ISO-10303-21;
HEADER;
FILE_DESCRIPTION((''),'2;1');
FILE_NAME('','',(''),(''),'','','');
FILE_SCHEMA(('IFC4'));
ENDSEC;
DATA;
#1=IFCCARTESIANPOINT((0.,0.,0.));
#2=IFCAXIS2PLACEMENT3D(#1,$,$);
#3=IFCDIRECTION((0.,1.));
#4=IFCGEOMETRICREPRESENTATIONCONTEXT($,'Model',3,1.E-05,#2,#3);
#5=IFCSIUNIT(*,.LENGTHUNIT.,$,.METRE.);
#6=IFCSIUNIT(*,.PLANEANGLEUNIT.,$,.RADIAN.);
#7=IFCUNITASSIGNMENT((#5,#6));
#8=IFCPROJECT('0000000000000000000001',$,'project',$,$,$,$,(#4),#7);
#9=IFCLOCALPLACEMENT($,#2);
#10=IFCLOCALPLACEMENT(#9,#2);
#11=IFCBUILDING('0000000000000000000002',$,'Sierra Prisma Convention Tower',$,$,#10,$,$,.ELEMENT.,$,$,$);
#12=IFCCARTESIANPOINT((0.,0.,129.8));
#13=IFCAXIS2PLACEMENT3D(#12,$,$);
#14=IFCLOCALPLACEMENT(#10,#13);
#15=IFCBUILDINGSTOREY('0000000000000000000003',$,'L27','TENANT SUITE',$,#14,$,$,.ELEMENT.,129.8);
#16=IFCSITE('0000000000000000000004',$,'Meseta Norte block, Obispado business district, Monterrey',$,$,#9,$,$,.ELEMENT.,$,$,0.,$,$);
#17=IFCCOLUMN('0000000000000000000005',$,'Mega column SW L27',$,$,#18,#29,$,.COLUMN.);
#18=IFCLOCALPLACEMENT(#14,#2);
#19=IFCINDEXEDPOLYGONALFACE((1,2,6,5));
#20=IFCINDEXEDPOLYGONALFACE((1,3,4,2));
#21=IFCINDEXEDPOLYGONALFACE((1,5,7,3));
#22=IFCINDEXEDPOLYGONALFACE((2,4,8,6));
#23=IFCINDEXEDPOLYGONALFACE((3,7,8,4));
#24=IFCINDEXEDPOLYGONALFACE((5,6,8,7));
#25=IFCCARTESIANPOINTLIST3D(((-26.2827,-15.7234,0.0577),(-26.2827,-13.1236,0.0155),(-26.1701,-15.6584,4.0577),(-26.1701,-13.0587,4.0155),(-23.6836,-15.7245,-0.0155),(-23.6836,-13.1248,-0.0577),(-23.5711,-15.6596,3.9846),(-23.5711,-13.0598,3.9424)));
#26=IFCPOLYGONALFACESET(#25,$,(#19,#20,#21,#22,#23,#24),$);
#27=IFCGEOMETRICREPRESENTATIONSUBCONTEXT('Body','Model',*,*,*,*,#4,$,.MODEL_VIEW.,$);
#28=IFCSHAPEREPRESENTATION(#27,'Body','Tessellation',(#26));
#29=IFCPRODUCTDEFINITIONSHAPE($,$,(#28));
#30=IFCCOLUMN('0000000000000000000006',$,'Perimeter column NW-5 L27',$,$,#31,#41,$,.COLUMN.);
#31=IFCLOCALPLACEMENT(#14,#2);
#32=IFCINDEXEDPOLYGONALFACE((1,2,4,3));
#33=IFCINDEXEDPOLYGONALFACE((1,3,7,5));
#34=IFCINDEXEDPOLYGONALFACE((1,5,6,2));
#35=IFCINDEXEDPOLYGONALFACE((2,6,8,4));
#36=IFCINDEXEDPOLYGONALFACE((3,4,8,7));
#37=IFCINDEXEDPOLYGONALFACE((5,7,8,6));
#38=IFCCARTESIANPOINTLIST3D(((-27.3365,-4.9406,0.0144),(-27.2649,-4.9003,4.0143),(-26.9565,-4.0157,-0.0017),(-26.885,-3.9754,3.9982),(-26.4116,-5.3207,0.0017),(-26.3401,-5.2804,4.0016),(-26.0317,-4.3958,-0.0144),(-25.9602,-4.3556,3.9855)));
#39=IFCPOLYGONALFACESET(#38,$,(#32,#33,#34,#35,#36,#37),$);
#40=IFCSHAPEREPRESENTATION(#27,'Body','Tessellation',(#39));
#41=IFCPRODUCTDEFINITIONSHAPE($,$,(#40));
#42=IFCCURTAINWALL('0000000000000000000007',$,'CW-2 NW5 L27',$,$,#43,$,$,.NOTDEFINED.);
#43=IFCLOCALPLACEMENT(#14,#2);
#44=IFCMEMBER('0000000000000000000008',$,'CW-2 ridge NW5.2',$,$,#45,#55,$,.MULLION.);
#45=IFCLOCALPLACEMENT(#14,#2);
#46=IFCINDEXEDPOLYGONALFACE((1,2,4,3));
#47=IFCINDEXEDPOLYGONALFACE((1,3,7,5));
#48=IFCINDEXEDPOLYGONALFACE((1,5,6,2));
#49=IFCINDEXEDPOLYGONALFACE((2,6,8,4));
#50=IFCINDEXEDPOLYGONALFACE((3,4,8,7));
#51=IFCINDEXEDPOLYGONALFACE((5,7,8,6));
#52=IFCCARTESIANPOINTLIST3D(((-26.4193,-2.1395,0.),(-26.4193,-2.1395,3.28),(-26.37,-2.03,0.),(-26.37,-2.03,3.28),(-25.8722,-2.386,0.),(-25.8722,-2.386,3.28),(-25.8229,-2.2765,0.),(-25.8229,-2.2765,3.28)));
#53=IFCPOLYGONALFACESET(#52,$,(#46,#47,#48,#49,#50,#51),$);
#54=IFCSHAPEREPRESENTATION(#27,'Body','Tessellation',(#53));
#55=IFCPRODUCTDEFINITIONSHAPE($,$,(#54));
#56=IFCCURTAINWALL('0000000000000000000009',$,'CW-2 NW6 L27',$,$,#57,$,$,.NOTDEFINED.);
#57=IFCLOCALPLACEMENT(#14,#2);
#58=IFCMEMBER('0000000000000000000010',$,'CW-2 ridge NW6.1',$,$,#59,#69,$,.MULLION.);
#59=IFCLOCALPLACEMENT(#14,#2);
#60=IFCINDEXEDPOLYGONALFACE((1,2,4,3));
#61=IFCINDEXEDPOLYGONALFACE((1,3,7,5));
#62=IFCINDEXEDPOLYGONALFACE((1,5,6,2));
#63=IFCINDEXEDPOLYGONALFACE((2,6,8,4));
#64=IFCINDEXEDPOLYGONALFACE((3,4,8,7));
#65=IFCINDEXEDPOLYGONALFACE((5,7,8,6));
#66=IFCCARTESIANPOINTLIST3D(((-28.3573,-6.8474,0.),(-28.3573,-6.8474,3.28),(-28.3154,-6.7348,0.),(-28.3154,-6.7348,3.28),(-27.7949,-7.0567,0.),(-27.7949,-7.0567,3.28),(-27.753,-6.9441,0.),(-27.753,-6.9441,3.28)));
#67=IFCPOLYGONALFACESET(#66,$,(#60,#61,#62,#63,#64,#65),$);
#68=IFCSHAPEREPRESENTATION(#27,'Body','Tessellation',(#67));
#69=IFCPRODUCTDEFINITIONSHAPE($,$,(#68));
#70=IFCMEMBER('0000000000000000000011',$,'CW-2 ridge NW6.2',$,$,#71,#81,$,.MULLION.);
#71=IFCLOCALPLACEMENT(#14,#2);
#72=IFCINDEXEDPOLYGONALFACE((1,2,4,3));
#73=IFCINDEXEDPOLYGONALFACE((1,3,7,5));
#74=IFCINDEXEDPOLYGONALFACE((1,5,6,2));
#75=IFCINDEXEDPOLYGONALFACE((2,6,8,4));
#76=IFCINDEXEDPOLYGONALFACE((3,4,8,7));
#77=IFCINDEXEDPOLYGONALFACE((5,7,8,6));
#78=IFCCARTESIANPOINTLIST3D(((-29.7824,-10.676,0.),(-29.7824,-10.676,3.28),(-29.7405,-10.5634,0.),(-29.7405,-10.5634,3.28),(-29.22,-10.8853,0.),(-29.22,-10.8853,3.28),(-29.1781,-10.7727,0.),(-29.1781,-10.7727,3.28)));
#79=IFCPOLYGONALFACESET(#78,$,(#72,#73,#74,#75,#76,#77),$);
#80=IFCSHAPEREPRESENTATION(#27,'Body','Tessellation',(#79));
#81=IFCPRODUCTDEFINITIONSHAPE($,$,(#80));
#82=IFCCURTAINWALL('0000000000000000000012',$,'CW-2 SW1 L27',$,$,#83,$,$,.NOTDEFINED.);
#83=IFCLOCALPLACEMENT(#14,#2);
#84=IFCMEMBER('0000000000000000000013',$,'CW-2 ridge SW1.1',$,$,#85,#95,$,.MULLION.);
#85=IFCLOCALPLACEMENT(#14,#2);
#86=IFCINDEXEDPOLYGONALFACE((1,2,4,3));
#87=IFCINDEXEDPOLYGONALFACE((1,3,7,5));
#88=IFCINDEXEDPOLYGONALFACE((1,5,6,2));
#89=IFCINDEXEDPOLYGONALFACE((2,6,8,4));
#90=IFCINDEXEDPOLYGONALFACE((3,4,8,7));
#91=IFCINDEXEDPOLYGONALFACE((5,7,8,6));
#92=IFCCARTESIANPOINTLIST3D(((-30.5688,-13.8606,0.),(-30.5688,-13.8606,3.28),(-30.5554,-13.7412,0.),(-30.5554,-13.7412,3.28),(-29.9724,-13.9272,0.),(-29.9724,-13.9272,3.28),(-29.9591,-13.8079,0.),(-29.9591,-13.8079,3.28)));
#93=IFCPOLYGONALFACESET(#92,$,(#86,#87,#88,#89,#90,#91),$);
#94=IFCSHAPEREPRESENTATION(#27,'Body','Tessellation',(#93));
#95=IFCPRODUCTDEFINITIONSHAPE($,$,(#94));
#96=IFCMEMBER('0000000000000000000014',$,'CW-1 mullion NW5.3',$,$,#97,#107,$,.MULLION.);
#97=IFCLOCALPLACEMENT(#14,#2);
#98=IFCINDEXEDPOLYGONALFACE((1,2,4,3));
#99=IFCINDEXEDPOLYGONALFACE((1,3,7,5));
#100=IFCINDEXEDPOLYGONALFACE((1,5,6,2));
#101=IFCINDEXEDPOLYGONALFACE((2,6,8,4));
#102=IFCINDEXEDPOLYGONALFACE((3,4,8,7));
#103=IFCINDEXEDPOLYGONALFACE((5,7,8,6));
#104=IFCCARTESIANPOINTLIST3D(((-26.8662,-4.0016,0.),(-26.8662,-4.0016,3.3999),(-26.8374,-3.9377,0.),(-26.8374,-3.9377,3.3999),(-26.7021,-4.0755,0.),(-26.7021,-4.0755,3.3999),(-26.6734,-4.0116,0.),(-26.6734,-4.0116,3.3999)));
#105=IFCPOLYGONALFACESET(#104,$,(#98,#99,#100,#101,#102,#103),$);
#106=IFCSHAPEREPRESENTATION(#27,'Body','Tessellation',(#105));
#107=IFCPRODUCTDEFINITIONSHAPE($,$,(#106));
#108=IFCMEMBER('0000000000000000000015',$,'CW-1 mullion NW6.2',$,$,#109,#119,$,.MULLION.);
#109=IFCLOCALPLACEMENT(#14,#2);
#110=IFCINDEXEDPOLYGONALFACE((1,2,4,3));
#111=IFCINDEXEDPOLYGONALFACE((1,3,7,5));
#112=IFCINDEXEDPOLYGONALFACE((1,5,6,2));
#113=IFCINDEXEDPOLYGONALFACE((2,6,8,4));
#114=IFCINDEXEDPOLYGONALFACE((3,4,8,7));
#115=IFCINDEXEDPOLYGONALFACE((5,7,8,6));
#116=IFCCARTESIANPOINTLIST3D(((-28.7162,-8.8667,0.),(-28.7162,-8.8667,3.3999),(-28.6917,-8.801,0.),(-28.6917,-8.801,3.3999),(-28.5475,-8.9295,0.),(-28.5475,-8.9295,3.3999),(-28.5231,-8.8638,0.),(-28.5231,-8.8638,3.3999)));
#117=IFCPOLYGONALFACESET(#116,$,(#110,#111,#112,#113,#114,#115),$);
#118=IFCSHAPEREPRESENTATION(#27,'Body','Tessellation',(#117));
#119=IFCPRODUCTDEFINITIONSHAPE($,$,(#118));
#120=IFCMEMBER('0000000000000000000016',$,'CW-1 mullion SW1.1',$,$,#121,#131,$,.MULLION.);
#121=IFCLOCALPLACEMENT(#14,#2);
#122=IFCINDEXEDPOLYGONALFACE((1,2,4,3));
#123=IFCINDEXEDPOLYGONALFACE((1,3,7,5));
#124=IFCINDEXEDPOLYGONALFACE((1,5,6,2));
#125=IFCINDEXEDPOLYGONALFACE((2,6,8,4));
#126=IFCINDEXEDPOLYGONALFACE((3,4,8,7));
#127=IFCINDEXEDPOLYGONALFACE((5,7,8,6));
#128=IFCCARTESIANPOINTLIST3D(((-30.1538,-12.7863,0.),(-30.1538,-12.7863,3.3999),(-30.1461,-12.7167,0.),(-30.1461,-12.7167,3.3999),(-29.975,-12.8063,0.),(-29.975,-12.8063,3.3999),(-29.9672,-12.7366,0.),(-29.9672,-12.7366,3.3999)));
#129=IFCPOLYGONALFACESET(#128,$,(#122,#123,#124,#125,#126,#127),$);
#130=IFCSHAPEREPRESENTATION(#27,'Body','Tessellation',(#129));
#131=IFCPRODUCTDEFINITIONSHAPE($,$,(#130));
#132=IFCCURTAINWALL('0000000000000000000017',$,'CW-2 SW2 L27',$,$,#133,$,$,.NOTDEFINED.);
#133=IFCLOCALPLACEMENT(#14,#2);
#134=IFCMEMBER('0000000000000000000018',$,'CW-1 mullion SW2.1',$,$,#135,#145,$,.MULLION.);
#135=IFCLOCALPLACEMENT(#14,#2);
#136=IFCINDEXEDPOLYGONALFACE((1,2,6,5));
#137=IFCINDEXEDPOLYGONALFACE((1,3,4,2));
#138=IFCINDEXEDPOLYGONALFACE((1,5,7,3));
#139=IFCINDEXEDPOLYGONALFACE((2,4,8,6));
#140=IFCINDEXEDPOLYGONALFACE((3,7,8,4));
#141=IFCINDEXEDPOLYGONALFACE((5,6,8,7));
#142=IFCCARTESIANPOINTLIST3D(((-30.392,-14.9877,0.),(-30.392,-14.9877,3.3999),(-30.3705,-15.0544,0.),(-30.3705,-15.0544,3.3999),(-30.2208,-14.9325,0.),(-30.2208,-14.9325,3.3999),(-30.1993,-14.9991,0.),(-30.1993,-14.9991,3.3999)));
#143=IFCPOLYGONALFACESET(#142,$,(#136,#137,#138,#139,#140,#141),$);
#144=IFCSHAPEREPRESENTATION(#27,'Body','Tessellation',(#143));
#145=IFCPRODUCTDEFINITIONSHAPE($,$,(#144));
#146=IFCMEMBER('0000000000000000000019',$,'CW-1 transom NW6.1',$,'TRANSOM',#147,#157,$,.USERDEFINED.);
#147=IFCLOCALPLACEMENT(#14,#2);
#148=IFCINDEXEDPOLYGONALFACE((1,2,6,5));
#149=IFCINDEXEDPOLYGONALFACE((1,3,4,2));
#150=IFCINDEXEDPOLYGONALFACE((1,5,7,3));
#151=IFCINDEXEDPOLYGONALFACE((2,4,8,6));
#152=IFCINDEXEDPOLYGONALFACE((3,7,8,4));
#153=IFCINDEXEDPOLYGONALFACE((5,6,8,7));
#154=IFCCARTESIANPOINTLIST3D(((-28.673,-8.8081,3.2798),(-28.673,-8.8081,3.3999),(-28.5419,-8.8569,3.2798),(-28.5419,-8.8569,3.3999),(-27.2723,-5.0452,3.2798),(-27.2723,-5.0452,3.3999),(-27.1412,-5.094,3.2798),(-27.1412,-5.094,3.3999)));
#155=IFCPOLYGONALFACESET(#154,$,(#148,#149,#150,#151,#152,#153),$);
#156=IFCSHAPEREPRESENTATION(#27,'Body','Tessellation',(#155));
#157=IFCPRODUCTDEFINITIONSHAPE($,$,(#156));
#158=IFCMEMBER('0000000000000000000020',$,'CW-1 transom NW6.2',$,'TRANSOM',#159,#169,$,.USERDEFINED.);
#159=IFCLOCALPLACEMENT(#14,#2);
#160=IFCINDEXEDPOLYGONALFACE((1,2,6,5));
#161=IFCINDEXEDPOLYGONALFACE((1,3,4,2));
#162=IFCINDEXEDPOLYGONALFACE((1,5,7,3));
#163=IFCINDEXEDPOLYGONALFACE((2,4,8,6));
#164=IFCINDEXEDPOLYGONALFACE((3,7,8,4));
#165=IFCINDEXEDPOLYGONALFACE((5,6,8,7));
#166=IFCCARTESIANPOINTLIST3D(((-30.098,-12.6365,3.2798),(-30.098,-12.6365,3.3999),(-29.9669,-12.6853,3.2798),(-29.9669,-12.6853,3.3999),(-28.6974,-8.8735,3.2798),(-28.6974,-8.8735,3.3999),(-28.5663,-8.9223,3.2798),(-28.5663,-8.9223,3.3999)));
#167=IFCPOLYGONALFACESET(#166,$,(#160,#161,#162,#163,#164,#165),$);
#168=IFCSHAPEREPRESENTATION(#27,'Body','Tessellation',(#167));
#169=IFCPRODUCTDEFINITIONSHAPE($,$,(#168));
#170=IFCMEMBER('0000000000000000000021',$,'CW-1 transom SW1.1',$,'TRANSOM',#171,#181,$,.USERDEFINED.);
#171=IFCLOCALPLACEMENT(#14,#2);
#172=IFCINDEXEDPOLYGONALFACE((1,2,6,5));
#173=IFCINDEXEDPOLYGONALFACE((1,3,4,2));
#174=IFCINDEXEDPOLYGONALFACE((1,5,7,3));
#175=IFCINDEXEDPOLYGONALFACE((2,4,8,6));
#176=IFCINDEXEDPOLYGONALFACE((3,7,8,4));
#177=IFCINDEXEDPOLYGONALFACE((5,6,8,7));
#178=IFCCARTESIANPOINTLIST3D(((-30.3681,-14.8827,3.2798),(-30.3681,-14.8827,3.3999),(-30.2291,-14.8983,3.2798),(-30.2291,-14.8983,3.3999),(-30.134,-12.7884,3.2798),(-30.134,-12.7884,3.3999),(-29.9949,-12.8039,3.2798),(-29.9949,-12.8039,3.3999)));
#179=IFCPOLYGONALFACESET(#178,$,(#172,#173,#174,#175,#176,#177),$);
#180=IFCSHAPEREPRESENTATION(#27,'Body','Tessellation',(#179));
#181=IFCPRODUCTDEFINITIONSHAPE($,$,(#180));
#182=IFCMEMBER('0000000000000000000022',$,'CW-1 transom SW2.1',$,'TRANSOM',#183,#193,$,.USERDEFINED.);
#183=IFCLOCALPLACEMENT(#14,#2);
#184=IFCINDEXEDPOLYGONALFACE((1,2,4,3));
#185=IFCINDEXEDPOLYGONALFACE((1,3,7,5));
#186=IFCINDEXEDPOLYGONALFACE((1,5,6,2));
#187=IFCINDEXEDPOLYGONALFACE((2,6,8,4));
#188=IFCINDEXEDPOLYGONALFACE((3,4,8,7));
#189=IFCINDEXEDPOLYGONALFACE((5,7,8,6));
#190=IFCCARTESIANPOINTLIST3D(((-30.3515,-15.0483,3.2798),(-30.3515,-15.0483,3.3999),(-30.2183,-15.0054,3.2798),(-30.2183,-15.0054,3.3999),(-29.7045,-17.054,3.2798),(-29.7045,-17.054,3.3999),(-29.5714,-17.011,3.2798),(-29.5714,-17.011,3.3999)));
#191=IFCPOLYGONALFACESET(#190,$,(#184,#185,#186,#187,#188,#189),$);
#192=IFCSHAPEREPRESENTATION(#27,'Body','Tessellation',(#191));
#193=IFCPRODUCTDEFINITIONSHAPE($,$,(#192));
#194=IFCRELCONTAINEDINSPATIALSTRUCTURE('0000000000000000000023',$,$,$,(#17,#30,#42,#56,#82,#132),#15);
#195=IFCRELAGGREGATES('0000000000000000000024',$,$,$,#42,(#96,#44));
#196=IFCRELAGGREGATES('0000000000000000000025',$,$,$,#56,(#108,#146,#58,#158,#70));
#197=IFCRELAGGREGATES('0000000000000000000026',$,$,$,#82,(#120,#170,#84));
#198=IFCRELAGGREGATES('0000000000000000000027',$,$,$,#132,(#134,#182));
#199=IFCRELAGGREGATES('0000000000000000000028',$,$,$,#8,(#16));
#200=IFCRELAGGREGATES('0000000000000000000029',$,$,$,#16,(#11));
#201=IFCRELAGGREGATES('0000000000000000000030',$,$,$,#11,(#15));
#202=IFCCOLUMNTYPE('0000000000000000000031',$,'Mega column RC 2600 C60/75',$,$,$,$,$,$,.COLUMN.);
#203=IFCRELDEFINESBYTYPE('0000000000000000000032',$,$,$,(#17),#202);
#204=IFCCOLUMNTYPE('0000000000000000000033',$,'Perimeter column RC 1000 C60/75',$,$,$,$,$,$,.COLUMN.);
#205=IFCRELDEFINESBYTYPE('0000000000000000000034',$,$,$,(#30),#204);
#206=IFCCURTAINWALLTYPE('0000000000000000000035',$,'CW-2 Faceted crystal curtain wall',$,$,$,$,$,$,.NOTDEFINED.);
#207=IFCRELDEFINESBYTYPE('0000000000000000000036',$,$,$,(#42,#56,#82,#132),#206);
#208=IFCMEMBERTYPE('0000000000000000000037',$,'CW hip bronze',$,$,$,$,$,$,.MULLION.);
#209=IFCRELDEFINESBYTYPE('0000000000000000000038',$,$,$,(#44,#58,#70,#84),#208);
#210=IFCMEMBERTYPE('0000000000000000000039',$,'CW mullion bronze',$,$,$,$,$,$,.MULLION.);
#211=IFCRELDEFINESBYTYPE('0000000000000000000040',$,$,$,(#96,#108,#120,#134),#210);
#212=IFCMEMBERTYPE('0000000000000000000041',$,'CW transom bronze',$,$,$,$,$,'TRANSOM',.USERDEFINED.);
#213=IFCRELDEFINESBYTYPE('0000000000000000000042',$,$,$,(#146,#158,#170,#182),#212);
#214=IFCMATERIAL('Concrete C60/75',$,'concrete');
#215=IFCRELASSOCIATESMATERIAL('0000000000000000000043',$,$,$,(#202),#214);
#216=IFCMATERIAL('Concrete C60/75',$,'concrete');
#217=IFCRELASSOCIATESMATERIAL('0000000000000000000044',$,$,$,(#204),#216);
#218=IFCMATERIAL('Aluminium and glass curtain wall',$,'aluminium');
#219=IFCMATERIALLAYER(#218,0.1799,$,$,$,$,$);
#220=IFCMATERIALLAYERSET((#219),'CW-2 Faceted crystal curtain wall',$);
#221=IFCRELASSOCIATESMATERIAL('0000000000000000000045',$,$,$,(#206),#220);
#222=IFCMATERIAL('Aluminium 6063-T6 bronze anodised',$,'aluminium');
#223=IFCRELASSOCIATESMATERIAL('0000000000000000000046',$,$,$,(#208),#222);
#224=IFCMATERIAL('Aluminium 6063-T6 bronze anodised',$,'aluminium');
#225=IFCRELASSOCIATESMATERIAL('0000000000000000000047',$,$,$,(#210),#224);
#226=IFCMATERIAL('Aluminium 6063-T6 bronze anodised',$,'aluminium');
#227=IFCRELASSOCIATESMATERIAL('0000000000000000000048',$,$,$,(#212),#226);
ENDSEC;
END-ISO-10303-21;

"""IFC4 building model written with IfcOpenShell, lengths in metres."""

from ifc_helpers import new_model, si_unit, direction, frame, origin, origin_2d, place, context, subcontext, project, spatial, rectangle, extrude, material, layer, layer_set, material_profile, profile_set, type_object, element, aggregate, save


model = new_model("IFC4")

# Units and contexts
model_context = context("Model", 3, precision=1e-05, world=origin(), true_north=direction((0.0, 1.0)))
body_context = subcontext(model_context, "Body", "Model", "MODEL_VIEW")
ifc_project = project(units=[si_unit("LENGTHUNIT", "METRE"), si_unit("PLANEANGLEUNIT", "RADIAN")], contexts=[model_context])

# Site, building, storey
site_placement = place(None, origin())
site = spatial("IfcSite", under=ifc_project, at=site_placement, Name="Meseta Norte block, Obispado business district, Monterrey", CompositionType="ELEMENT", RefElevation=0.0)
building_placement = place(site_placement, origin())
building = spatial("IfcBuilding", under=site, at=building_placement, Name="Sierra Prisma Convention Tower", CompositionType="ELEMENT")
storey_placement = place(building_placement, frame((0.0, 0.0, 129.8)))
storey = spatial("IfcBuildingStorey", under=building, at=storey_placement, Name="L27", Description="TENANT SUITE", CompositionType="ELEMENT", Elevation=129.8)

# Columns
ifc_material_1 = material(Name="Concrete C60/75", Category="concrete")
ifc_material_profile_1 = material_profile(ifc_material_1, rectangle(XDim=2.6001, YDim=2.6001, at=origin_2d()), Name="Mega column RC 2600 C60/75")
ifc_profile_set_1 = profile_set([ifc_material_profile_1], Name="Concrete C60/75")
column_type_1 = type_object("IfcColumnType", Name="Mega column RC 2600 C60/75", PredefinedType="COLUMN", material=ifc_profile_set_1)
column_1_placement = place(storey_placement, frame((-24.9832, -14.4241, 0.0), z_axis=(0.028122, 0.016227, 0.999473), x_axis=(0.999604, -0.000457, -0.028119)))
element("IfcColumn", 1, at=column_1_placement, inside=storey, type_object=column_type_1, Name="Mega column SW L27", PredefinedType="COLUMN", context=body_context, shape_type="SweptSolid", body=[
    extrude(rectangle(XDim=2.6001, YDim=2.6001, at=origin_2d()), origin(), (0.0, 0.0, 1.0), 4.0022),
])
ifc_material_2 = material(Name="Concrete C60/75", Category="concrete")
ifc_material_profile_2 = material_profile(ifc_material_2, rectangle(XDim=1.0, YDim=1.0, at=origin_2d()), Name="Perimeter column RC 1000 C60/75")
ifc_profile_set_2 = profile_set([ifc_material_profile_2], Name="Concrete C60/75")
column_type_2 = type_object("IfcColumnType", Name="Perimeter column RC 1000 C60/75", PredefinedType="COLUMN", material=ifc_profile_set_2)
column_2_placement = place(storey_placement, frame((-26.6841, -4.6682, 0.0), z_axis=(0.01788, 0.010069, 0.999789), x_axis=(0.37992, 0.924879, -0.016108)))
element("IfcColumn", 2, at=column_2_placement, inside=storey, type_object=column_type_2, Name="Perimeter column NW-5 L27", PredefinedType="COLUMN", context=body_context, shape_type="SweptSolid", body=[
    extrude(rectangle(XDim=1.0, YDim=1.0, at=origin_2d()), origin(), (0.0, 0.0, 1.0), 4.0007),
])

# Curtain wall, member
ifc_material_3 = material(Name="Aluminium and glass curtain wall", Category="aluminium")
ifc_layer_1 = layer(ifc_material_3, 0.1799)
ifc_layer_set_1 = layer_set([ifc_layer_1], Name="CW-2 Faceted crystal curtain wall")
curtain_wall_type = type_object("IfcCurtainWallType", Name="CW-2 Faceted crystal curtain wall", PredefinedType="NOTDEFINED", material=ifc_layer_set_1)
curtain_wall_1_placement = place(storey_placement, origin())
curtain_wall_1 = element("IfcCurtainWall", 3, at=curtain_wall_1_placement, inside=storey, type_object=curtain_wall_type, Name="CW-2 NW5 L27", PredefinedType="NOTDEFINED")
ifc_material_4 = material(Name="Aluminium 6063-T6 bronze anodised", Category="aluminium")
ifc_material_profile_3 = material_profile(ifc_material_4, rectangle(XDim=0.1201, YDim=0.6001, at=origin_2d()), Name="ALU RIDGE BLADE 120x600")
ifc_profile_set_3 = profile_set([ifc_material_profile_3], Name="Aluminium 6063-T6 bronze anodised")
member_type_1 = type_object("IfcMemberType", Name="CW hip bronze", PredefinedType="MULLION", material=ifc_profile_set_3)
member_1_placement = place(storey_placement, frame((-26.1211, -2.208, 0.0), z_axis=(0.0, 0.0, 1.0), x_axis=(-0.410709, -0.911766, 0.0)))
member_1 = element("IfcMember", 4, at=member_1_placement, type_object=member_type_1, Name="CW-2 ridge NW5.2", PredefinedType="MULLION", context=body_context, shape_type="SweptSolid", body=[
    extrude(rectangle(XDim=0.1201, YDim=0.6001, at=origin_2d()), origin(), (0.0, 0.0, 1.0), 3.28),
])

# Curtain wall, members
curtain_wall_2_placement = place(storey_placement, origin())
curtain_wall_2 = element("IfcCurtainWall", 5, at=curtain_wall_2_placement, inside=storey, type_object=curtain_wall_type, Name="CW-2 NW6 L27", PredefinedType="NOTDEFINED")
member_2_placement = place(storey_placement, frame((-28.0552, -6.8958, 0.0), z_axis=(0.0, 0.0, 1.0), x_axis=(-0.348829, -0.937187, 0.0)))
member_2 = element("IfcMember", 6, at=member_2_placement, type_object=member_type_1, Name="CW-2 ridge NW6.1", PredefinedType="MULLION", context=body_context, shape_type="SweptSolid", body=[
    extrude(rectangle(XDim=0.1201, YDim=0.6001, at=origin_2d()), origin(), (0.0, 0.0, 1.0), 3.28),
])
member_3_placement = place(storey_placement, frame((-29.4802, -10.7244, 0.0), z_axis=(0.0, 0.0, 1.0), x_axis=(-0.348829, -0.937187, 0.0)))
member_3 = element("IfcMember", 7, at=member_3_placement, type_object=member_type_1, Name="CW-2 ridge NW6.2", PredefinedType="MULLION", context=body_context, shape_type="SweptSolid", body=[
    extrude(rectangle(XDim=0.1201, YDim=0.6001, at=origin_2d()), origin(), (0.0, 0.0, 1.0), 3.28),
])

# Curtain wall, member
curtain_wall_3_placement = place(storey_placement, origin())
curtain_wall_3 = element("IfcCurtainWall", 8, at=curtain_wall_3_placement, inside=storey, type_object=curtain_wall_type, Name="CW-2 SW1 L27", PredefinedType="NOTDEFINED")
member_4_placement = place(storey_placement, frame((-30.2639, -13.8342, 0.0), z_axis=(0.0, 0.0, 1.0), x_axis=(-0.11102, -0.993818, 0.0)))
member_4 = element("IfcMember", 9, at=member_4_placement, type_object=member_type_1, Name="CW-2 ridge SW1.1", PredefinedType="MULLION", context=body_context, shape_type="SweptSolid", body=[
    extrude(rectangle(XDim=0.1201, YDim=0.6001, at=origin_2d()), origin(), (0.0, 0.0, 1.0), 3.28),
])

# Members
ifc_material_5 = material(Name="Aluminium 6063-T6 bronze anodised", Category="aluminium")
ifc_material_profile_4 = material_profile(ifc_material_5, rectangle(XDim=0.1799, YDim=0.0701, at=origin_2d()), Name="ALU MULLION 70x180")
ifc_profile_set_4 = profile_set([ifc_material_profile_4], Name="Aluminium 6063-T6 bronze anodised")
member_type_2 = type_object("IfcMemberType", Name="CW mullion bronze", PredefinedType="MULLION", material=ifc_profile_set_4)
member_5_placement = place(storey_placement, frame((-26.7698, -4.0066, 0.0), z_axis=(0.0, 0.0, 1.0), x_axis=(0.911766, -0.410709, 0.0)))
member_5 = element("IfcMember", 10, at=member_5_placement, type_object=member_type_2, Name="CW-1 mullion NW5.3", PredefinedType="MULLION", context=body_context, shape_type="SweptSolid", body=[
    extrude(rectangle(XDim=0.1799, YDim=0.0701, at=origin_2d()), origin(), (0.0, 0.0, 1.0), 3.3999),
])
member_6_placement = place(storey_placement, frame((-28.6196, -8.8652, 0.0), z_axis=(0.0, 0.0, 1.0), x_axis=(0.937187, -0.348829, 0.0)))
member_6 = element("IfcMember", 11, at=member_6_placement, type_object=member_type_2, Name="CW-1 mullion NW6.2", PredefinedType="MULLION", context=body_context, shape_type="SweptSolid", body=[
    extrude(rectangle(XDim=0.1799, YDim=0.0701, at=origin_2d()), origin(), (0.0, 0.0, 1.0), 3.3999),
])
member_7_placement = place(storey_placement, frame((-30.0605, -12.7615, 0.0), z_axis=(0.0, 0.0, 1.0), x_axis=(0.993818, -0.11102, 0.0)))
member_7 = element("IfcMember", 12, at=member_7_placement, type_object=member_type_2, Name="CW-1 mullion SW1.1", PredefinedType="MULLION", context=body_context, shape_type="SweptSolid", body=[
    extrude(rectangle(XDim=0.1799, YDim=0.0701, at=origin_2d()), origin(), (0.0, 0.0, 1.0), 3.3999),
])

# Curtain wall, member
curtain_wall_4_placement = place(storey_placement, origin())
curtain_wall_4 = element("IfcCurtainWall", 13, at=curtain_wall_4_placement, inside=storey, type_object=curtain_wall_type, Name="CW-2 SW2 L27", PredefinedType="NOTDEFINED")
member_8_placement = place(storey_placement, frame((-30.2957, -14.9934, 0.0), z_axis=(0.0, 0.0, 1.0), x_axis=(0.951727, 0.306946, 0.0)))
member_8 = element("IfcMember", 14, at=member_8_placement, type_object=member_type_2, Name="CW-1 mullion SW2.1", PredefinedType="MULLION", context=body_context, shape_type="SweptSolid", body=[
    extrude(rectangle(XDim=0.1799, YDim=0.0701, at=origin_2d()), origin(), (0.0, 0.0, 1.0), 3.3999),
])

# Members
ifc_material_6 = material(Name="Aluminium 6063-T6 bronze anodised", Category="aluminium")
ifc_material_profile_5 = material_profile(ifc_material_6, rectangle(XDim=0.1399, YDim=0.1201, at=origin_2d()), Name="ALU TRANSOM 120x140")
ifc_profile_set_5 = profile_set([ifc_material_profile_5], Name="Aluminium 6063-T6 bronze anodised")
member_type_3 = type_object("IfcMemberType", Name="CW transom bronze", ElementType="TRANSOM", PredefinedType="USERDEFINED", material=ifc_profile_set_5)
member_9_placement = place(storey_placement, frame((-27.2068, -5.0696, 3.3398), z_axis=(-0.348837, -0.937183, 0.0), x_axis=(0.937183, -0.348837, 0.0)))
member_9 = element("IfcMember", 15, at=member_9_placement, type_object=member_type_3, Name="CW-1 transom NW6.1", ObjectType="TRANSOM", PredefinedType="USERDEFINED", context=body_context, shape_type="SweptSolid", body=[
    extrude(rectangle(XDim=0.1399, YDim=0.1201, at=origin_2d()), origin(), (0.0, 0.0, 1.0), 4.0151),
])
member_10_placement = place(storey_placement, frame((-28.6318, -8.8979, 3.3398), z_axis=(-0.348837, -0.937183, 0.0), x_axis=(0.937183, -0.348837, 0.0)))
member_10 = element("IfcMember", 16, at=member_10_placement, type_object=member_type_3, Name="CW-1 transom NW6.2", ObjectType="TRANSOM", PredefinedType="USERDEFINED", context=body_context, shape_type="SweptSolid", body=[
    extrude(rectangle(XDim=0.1399, YDim=0.1201, at=origin_2d()), origin(), (0.0, 0.0, 1.0), 4.0151),
])
member_11_placement = place(storey_placement, frame((-30.0645, -12.7961, 3.3398), z_axis=(-0.111093, -0.99381, 0.0), x_axis=(0.99381, -0.111093, 0.0)))
member_11 = element("IfcMember", 17, at=member_11_placement, type_object=member_type_3, Name="CW-1 transom SW1.1", ObjectType="TRANSOM", PredefinedType="USERDEFINED", context=body_context, shape_type="SweptSolid", body=[
    extrude(rectangle(XDim=0.1399, YDim=0.1201, at=origin_2d()), origin(), (0.0, 0.0, 1.0), 2.1074),
])
member_12_placement = place(storey_placement, frame((-30.2849, -15.0269, 3.3398), z_axis=(0.307003, -0.951709, 0.0), x_axis=(0.951709, 0.307003, 0.0)))
member_12 = element("IfcMember", 18, at=member_12_placement, type_object=member_type_3, Name="CW-1 transom SW2.1", ObjectType="TRANSOM", PredefinedType="USERDEFINED", context=body_context, shape_type="SweptSolid", body=[
    extrude(rectangle(XDim=0.1399, YDim=0.1201, at=origin_2d()), origin(), (0.0, 0.0, 1.0), 2.1074),
])

aggregate(curtain_wall_1, [member_5, member_1])
aggregate(curtain_wall_2, [member_6, member_9, member_2, member_10, member_3])
aggregate(curtain_wall_3, [member_7, member_11, member_4])
aggregate(curtain_wall_4, [member_8, member_12])

save(model, "model.ifc")
